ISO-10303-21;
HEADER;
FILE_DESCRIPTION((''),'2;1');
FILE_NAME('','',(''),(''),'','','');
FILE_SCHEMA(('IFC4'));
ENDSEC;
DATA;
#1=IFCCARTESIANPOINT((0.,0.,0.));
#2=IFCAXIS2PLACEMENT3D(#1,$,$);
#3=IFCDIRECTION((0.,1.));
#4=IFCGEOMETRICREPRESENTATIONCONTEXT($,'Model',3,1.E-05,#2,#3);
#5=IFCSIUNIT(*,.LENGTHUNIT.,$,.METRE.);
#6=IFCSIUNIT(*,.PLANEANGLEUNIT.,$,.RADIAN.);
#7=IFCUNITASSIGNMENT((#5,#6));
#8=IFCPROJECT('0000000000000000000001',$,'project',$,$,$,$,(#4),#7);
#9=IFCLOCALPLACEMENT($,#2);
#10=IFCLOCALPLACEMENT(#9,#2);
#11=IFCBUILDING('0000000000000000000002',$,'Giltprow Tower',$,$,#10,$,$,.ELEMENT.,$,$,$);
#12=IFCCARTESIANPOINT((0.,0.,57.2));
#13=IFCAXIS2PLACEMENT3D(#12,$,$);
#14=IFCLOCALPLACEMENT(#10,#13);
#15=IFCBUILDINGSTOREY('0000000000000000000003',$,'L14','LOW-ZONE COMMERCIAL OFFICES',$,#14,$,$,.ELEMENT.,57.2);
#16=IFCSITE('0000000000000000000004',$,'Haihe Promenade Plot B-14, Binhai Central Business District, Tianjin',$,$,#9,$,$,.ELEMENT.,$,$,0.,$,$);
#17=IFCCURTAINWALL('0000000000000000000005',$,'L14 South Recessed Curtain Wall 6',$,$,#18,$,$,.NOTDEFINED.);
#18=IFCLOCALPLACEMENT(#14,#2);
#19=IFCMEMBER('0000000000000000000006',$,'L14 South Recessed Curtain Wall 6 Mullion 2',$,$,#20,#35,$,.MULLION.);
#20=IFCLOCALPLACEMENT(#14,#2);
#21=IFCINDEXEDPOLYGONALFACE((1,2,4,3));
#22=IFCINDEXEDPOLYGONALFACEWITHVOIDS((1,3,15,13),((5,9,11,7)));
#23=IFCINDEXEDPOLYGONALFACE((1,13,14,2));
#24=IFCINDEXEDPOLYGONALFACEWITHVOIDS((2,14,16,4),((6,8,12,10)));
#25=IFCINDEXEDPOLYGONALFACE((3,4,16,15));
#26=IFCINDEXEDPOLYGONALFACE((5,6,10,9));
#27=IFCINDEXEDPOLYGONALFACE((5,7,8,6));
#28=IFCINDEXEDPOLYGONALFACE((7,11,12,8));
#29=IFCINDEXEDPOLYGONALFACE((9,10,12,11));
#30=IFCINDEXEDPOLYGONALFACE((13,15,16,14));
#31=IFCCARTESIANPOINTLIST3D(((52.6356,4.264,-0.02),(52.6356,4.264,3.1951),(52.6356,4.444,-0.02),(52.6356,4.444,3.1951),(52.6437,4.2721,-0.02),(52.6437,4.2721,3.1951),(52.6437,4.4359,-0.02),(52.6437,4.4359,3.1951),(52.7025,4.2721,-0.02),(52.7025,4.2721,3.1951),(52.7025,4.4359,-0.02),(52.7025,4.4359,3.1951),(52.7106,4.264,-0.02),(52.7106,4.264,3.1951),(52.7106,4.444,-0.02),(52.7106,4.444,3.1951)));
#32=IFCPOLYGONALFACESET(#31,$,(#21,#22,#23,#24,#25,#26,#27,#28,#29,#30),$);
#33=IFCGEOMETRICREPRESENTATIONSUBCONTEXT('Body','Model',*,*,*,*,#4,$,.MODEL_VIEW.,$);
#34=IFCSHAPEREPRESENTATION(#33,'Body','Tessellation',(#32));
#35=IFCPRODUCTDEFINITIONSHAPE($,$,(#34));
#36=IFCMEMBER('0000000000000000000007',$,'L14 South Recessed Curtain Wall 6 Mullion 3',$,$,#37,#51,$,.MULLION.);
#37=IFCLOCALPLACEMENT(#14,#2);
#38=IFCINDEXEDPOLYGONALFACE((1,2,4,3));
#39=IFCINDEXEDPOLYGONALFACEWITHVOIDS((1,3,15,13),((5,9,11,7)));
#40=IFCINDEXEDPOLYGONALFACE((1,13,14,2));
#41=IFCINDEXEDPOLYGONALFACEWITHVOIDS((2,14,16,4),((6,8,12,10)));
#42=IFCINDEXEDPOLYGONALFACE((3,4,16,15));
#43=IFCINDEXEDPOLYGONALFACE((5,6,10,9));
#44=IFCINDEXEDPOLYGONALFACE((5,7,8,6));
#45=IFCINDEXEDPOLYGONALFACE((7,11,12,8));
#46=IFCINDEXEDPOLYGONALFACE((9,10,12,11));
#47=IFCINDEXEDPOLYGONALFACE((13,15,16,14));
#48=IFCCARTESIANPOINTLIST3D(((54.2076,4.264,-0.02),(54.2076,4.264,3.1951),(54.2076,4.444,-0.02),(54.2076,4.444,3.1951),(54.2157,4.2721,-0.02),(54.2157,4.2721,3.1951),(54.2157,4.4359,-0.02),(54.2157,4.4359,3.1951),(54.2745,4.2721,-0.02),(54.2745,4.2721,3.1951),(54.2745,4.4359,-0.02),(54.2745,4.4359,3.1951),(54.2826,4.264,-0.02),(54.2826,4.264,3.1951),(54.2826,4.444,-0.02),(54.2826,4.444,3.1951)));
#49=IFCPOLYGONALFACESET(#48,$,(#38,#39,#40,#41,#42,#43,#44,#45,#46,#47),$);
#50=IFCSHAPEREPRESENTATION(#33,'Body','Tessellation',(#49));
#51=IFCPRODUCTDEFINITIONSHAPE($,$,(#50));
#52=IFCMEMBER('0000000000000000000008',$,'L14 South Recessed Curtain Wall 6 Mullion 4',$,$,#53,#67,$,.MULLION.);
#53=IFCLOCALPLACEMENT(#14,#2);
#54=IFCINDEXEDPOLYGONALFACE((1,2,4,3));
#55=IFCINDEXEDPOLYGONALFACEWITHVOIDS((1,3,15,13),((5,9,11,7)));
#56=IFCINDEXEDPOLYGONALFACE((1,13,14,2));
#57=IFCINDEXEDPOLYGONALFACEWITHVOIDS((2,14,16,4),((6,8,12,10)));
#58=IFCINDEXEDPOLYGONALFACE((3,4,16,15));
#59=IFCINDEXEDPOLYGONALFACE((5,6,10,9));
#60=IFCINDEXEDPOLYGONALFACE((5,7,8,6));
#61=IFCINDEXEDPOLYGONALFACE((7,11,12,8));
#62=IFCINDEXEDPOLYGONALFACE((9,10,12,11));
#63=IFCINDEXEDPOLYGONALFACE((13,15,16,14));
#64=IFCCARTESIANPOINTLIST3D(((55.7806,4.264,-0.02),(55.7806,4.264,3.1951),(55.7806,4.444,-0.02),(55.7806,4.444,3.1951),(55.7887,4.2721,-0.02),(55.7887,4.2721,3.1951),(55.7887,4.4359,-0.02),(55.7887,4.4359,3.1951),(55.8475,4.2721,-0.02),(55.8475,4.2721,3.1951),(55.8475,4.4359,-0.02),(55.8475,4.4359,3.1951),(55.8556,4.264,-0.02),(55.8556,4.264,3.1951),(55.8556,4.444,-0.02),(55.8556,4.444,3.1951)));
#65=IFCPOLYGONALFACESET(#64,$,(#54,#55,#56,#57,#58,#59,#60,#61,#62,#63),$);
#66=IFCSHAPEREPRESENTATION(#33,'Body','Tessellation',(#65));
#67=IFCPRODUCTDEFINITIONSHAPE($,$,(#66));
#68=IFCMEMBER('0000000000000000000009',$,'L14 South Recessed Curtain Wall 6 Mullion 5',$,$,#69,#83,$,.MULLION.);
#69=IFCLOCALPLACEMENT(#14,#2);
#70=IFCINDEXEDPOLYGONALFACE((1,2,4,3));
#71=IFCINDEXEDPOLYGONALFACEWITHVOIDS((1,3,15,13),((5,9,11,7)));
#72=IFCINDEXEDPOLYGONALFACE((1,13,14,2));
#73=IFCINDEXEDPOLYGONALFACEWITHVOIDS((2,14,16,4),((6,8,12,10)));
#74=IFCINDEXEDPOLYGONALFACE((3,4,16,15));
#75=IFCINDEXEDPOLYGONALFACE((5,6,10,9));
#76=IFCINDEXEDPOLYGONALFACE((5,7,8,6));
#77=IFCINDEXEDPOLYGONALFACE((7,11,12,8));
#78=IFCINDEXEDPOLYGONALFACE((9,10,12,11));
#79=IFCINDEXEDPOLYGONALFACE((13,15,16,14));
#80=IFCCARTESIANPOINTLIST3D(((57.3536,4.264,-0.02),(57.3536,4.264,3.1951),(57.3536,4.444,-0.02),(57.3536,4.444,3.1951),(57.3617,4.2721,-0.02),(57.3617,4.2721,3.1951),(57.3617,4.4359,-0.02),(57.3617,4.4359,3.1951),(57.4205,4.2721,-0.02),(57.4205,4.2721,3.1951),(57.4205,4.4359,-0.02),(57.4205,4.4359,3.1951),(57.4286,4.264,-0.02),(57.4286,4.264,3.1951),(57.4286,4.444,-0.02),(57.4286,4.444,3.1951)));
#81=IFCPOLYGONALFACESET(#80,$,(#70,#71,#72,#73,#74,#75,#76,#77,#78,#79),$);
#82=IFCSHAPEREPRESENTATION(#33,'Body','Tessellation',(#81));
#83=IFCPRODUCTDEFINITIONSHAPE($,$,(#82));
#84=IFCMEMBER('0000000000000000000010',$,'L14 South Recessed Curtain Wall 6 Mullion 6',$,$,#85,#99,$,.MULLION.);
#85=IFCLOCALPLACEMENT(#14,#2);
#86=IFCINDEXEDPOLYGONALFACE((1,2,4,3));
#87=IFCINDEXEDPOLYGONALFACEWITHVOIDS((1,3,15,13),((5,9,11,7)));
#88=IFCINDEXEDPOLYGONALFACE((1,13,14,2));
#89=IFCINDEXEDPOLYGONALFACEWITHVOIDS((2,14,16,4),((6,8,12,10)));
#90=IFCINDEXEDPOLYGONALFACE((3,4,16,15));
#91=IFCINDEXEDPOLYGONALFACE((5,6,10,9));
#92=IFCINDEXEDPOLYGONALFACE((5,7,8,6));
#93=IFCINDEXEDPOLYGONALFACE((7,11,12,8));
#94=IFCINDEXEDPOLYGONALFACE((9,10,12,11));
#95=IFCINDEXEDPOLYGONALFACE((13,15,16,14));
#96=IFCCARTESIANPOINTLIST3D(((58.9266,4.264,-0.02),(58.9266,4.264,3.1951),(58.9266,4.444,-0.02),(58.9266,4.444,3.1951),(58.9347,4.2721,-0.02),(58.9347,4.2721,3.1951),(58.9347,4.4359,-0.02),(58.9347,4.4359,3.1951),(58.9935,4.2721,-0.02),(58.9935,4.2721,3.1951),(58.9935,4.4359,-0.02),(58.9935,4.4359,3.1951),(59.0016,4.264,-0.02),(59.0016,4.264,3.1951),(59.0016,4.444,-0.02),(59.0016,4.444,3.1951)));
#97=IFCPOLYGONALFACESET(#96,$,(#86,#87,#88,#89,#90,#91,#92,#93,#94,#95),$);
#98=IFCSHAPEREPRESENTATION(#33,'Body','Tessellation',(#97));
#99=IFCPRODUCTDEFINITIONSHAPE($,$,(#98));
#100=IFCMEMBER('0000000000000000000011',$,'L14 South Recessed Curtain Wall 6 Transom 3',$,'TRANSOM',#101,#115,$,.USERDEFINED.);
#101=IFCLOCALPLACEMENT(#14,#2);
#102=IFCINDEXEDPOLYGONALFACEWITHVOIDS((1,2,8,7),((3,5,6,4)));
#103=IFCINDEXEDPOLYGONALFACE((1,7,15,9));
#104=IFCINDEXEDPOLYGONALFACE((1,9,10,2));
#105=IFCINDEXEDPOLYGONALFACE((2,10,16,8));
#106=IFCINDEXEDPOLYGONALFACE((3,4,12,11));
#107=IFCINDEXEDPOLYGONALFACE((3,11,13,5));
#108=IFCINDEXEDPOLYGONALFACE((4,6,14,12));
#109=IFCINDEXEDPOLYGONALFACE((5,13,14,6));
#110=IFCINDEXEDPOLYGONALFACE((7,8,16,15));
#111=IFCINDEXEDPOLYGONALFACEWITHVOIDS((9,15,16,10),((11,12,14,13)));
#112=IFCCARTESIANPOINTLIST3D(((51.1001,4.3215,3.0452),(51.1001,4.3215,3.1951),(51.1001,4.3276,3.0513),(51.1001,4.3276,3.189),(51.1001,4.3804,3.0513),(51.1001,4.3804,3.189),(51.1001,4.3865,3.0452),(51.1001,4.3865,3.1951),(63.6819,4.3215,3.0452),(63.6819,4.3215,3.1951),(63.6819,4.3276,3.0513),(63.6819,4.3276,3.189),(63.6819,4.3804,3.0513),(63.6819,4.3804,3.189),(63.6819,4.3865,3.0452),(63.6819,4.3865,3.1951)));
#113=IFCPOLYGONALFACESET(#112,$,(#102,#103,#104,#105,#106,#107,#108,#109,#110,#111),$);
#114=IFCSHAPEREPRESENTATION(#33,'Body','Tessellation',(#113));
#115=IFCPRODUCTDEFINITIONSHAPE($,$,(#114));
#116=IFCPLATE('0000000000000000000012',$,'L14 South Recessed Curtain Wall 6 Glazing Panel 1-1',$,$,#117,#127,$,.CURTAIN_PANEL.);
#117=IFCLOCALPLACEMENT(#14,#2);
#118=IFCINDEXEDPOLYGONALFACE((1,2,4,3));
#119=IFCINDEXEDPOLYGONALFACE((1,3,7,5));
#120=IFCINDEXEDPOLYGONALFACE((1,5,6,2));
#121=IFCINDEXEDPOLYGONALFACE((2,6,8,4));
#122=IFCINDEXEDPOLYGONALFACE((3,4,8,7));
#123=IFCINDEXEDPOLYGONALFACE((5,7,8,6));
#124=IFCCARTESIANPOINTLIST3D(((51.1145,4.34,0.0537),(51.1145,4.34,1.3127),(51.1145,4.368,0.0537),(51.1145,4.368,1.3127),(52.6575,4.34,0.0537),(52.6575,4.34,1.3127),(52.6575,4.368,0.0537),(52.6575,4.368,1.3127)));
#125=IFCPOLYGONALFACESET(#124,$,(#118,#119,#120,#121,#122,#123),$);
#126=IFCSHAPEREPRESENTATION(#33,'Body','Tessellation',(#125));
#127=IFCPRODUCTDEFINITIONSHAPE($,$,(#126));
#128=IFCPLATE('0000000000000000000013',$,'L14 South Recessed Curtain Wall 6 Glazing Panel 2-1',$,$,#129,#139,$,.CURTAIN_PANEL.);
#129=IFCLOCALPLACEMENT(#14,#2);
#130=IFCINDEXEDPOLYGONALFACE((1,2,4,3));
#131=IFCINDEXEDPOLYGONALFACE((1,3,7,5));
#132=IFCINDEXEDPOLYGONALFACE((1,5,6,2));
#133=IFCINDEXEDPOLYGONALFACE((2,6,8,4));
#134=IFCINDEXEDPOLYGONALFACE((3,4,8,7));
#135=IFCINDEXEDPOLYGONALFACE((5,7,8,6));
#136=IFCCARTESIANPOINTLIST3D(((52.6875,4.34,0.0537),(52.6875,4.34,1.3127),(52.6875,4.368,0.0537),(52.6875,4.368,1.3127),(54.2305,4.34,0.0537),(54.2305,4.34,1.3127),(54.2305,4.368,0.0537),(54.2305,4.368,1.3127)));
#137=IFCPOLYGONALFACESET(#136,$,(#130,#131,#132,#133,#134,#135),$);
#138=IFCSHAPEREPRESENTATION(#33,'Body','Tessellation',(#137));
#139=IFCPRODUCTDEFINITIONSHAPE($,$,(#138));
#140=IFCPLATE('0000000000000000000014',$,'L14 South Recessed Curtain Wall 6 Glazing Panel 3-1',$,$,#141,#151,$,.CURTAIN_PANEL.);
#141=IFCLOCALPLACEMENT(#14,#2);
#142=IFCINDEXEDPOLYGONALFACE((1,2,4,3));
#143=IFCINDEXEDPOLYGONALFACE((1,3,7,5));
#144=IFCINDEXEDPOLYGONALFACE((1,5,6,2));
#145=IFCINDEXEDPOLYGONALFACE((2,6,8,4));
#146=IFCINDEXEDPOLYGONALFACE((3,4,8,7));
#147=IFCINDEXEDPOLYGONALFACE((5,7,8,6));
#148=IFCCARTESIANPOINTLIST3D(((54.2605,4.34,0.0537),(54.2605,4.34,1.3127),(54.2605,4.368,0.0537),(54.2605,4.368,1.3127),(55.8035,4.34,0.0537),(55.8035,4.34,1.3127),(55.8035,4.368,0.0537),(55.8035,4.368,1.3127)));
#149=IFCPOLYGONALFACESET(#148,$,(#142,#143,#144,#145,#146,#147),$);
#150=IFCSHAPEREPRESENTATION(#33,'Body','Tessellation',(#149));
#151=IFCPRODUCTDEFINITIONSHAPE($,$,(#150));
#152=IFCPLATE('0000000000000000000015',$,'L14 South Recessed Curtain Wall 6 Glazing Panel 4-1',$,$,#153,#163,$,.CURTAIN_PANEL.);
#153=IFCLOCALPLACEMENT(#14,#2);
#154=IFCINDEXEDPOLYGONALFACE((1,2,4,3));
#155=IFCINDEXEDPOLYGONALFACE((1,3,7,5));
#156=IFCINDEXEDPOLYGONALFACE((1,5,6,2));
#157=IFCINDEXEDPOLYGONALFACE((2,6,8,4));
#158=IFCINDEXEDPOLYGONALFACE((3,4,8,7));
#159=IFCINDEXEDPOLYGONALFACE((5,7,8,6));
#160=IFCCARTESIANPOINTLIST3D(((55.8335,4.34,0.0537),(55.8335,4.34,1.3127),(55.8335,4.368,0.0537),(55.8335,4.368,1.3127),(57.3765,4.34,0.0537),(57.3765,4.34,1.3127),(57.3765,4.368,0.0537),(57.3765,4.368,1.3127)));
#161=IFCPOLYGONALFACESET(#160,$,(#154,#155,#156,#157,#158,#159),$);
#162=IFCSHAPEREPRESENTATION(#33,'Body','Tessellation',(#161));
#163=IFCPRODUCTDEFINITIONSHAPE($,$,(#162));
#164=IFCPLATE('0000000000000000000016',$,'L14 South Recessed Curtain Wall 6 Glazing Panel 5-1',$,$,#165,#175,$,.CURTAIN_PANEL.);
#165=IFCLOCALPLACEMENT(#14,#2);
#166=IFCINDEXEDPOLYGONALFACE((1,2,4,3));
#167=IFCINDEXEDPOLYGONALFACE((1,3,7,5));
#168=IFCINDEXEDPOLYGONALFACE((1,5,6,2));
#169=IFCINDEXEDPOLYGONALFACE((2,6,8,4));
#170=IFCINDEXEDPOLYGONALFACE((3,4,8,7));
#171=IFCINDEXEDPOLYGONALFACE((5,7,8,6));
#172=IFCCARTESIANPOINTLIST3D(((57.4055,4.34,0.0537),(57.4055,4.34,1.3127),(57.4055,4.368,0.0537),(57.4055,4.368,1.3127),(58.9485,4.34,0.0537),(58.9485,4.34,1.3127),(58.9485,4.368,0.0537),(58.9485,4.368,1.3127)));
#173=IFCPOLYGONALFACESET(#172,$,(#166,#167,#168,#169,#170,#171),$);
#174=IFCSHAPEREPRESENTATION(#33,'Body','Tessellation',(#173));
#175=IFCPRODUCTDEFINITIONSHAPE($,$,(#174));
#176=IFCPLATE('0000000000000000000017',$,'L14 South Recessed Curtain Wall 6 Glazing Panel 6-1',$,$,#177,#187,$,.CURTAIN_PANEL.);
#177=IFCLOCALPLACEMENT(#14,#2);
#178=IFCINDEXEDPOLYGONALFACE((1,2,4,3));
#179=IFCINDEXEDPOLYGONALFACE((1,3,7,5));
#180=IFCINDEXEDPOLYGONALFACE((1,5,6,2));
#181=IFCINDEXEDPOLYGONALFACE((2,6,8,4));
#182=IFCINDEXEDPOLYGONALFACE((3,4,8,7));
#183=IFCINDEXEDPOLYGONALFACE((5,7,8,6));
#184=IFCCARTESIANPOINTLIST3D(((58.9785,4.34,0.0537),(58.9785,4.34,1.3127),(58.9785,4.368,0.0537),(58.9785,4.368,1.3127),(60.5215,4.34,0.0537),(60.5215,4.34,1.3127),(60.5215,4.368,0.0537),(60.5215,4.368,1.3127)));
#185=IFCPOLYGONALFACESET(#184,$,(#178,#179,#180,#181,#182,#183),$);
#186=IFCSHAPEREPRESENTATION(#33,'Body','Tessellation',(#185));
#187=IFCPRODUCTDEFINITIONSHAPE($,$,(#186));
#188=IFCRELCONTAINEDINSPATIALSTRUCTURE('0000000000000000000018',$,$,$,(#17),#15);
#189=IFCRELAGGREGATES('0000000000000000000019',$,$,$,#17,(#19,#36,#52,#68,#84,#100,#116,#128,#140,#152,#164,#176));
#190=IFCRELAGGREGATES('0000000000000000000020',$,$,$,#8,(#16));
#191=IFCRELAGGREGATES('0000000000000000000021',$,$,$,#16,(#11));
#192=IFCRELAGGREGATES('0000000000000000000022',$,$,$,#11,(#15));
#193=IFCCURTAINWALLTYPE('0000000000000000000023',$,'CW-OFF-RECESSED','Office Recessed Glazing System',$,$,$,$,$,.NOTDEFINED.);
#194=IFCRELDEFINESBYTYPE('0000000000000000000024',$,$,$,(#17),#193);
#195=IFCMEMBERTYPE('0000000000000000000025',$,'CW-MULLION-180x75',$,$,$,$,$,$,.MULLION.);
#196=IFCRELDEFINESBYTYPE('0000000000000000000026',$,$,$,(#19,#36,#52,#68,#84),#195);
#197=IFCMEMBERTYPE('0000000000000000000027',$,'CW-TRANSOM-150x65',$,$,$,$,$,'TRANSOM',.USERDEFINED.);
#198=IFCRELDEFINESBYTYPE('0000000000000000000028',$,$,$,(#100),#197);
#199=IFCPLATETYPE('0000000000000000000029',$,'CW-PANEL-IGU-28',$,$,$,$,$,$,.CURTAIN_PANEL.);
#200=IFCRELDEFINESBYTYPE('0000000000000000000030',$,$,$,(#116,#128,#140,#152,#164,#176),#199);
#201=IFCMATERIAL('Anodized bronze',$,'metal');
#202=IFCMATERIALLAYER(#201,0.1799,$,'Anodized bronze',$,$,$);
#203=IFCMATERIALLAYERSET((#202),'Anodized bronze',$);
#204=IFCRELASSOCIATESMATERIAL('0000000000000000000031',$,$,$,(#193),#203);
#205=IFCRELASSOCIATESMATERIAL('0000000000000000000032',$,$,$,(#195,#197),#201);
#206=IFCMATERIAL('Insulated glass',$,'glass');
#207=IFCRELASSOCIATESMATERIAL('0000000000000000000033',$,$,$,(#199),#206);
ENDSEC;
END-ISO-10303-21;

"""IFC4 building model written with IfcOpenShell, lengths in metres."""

from ifc_helpers import new_model, si_unit, direction, frame, origin, origin_2d, place, context, subcontext, project, spatial, rectangle, hollow_rectangle, extrude, source, transform, mapped, material, layer, layer_set, material_profile, profile_set, type_object, element, aggregate, save


model = new_model("IFC4")

# Units and contexts
model_context = context("Model", 3, precision=1e-05, world=origin(), true_north=direction((0.0, 1.0)))
body_context = subcontext(model_context, "Body", "Model", "MODEL_VIEW")
ifc_project = project(units=[si_unit("LENGTHUNIT", "METRE"), si_unit("PLANEANGLEUNIT", "RADIAN")], contexts=[model_context])

# Site, building, storey
site_placement = place(None, origin())
site = spatial("IfcSite", under=ifc_project, at=site_placement, Name="Haihe Promenade Plot B-14, Binhai Central Business District, Tianjin", CompositionType="ELEMENT", RefElevation=0.0)
building_placement = place(site_placement, origin())
building = spatial("IfcBuilding", under=site, at=building_placement, Name="Giltprow Tower", CompositionType="ELEMENT")
storey_placement = place(building_placement, frame((0.0, 0.0, 57.2)))
storey = spatial("IfcBuildingStorey", under=building, at=storey_placement, Name="L14", Description="LOW-ZONE COMMERCIAL OFFICES", CompositionType="ELEMENT", Elevation=57.2)

# Curtain wall, members, plates
ifc_material_1 = material(Name="Anodized bronze", Category="metal")
ifc_layer = layer(ifc_material_1, 0.1799, Name="Anodized bronze")
ifc_layer_set = layer_set([ifc_layer], Name="Anodized bronze")
curtain_wall_type = type_object("IfcCurtainWallType", Name="CW-OFF-RECESSED", Description="Office Recessed Glazing System", PredefinedType="NOTDEFINED", material=ifc_layer_set)
curtain_wall_placement = place(storey_placement, origin())
curtain_wall = element("IfcCurtainWall", 1, at=curtain_wall_placement, inside=storey, type_object=curtain_wall_type, Name="L14 South Recessed Curtain Wall 6", PredefinedType="NOTDEFINED")
ifc_material_profile_1 = material_profile(ifc_material_1, hollow_rectangle(XDim=0.075, YDim=0.1799, WallThickness=0.0081, at=origin_2d()), Name="RHS 180x75x8")
ifc_profile_set_1 = profile_set([ifc_material_profile_1], Name="Anodized bronze")
member_type_1 = type_object("IfcMemberType", Name="CW-MULLION-180x75", PredefinedType="MULLION", material=ifc_profile_set_1)
shared_shape_1 = source(origin(), body_context, "Body", "SweptSolid", [
    extrude(hollow_rectangle(XDim=0.075, YDim=0.1799, WallThickness=0.0081, at=origin_2d()), origin(), (0.0, 0.0, 1.0), 3.2151),
])
member_1_placement = place(storey_placement, frame((52.6731, 4.354, -0.02), z_axis=(0.0, 0.0, 1.0), x_axis=(1.0, 0.0, 0.0)))
member_1 = element("IfcMember", 2, at=member_1_placement, type_object=member_type_1, Name="L14 South Recessed Curtain Wall 6 Mullion 2", PredefinedType="MULLION", context=body_context, shape_type="MappedRepresentation", body=[
    mapped(shared_shape_1, transform((0.0, 0.0, 0.0), x_axis=(1.0, 0.0, 0.0), y_axis=(0.0, 1.0, 0.0), z_axis=(0.0, 0.0, 1.0), scale=1.0)),
])
member_2_placement = place(storey_placement, frame((54.2451, 4.354, -0.02), z_axis=(0.0, 0.0, 1.0), x_axis=(1.0, 0.0, 0.0)))
member_2 = element("IfcMember", 3, at=member_2_placement, type_object=member_type_1, Name="L14 South Recessed Curtain Wall 6 Mullion 3", PredefinedType="MULLION", context=body_context, shape_type="MappedRepresentation", body=[
    mapped(shared_shape_1, transform((0.0, 0.0, 0.0), x_axis=(1.0, 0.0, 0.0), y_axis=(0.0, 1.0, 0.0), z_axis=(0.0, 0.0, 1.0), scale=1.0)),
])
member_3_placement = place(storey_placement, frame((55.8181, 4.354, -0.02), z_axis=(0.0, 0.0, 1.0), x_axis=(1.0, 0.0, 0.0)))
member_3 = element("IfcMember", 4, at=member_3_placement, type_object=member_type_1, Name="L14 South Recessed Curtain Wall 6 Mullion 4", PredefinedType="MULLION", context=body_context, shape_type="MappedRepresentation", body=[
    mapped(shared_shape_1, transform((0.0, 0.0, 0.0), x_axis=(1.0, 0.0, 0.0), y_axis=(0.0, 1.0, 0.0), z_axis=(0.0, 0.0, 1.0), scale=1.0)),
])
member_4_placement = place(storey_placement, frame((57.3911, 4.354, -0.02), z_axis=(0.0, 0.0, 1.0), x_axis=(1.0, 0.0, 0.0)))
member_4 = element("IfcMember", 5, at=member_4_placement, type_object=member_type_1, Name="L14 South Recessed Curtain Wall 6 Mullion 5", PredefinedType="MULLION", context=body_context, shape_type="MappedRepresentation", body=[
    mapped(shared_shape_1, transform((0.0, 0.0, 0.0), x_axis=(1.0, 0.0, 0.0), y_axis=(0.0, 1.0, 0.0), z_axis=(0.0, 0.0, 1.0), scale=1.0)),
])
member_5_placement = place(storey_placement, frame((58.9641, 4.354, -0.02), z_axis=(0.0, 0.0, 1.0), x_axis=(1.0, 0.0, 0.0)))
member_5 = element("IfcMember", 6, at=member_5_placement, type_object=member_type_1, Name="L14 South Recessed Curtain Wall 6 Mullion 6", PredefinedType="MULLION", context=body_context, shape_type="MappedRepresentation", body=[
    mapped(shared_shape_1, transform((0.0, 0.0, 0.0), x_axis=(1.0, 0.0, 0.0), y_axis=(0.0, 1.0, 0.0), z_axis=(0.0, 0.0, 1.0), scale=1.0)),
])
ifc_material_profile_2 = material_profile(ifc_material_1, hollow_rectangle(XDim=0.0649, YDim=0.1499, WallThickness=0.0061, at=origin_2d()), Name="RHS 150x65x6")
ifc_profile_set_2 = profile_set([ifc_material_profile_2], Name="Anodized bronze")
member_type_2 = type_object("IfcMemberType", Name="CW-TRANSOM-150x65", ElementType="TRANSOM", PredefinedType="USERDEFINED", material=ifc_profile_set_2)
shared_shape_2 = source(origin(), body_context, "Body", "SweptSolid", [
    extrude(hollow_rectangle(XDim=0.0649, YDim=0.1499, WallThickness=0.0061, at=origin_2d()), origin(), (0.0, 0.0, 1.0), 12.5818),
])
member_6_placement = place(storey_placement, frame((51.1001, 4.354, 3.1201), z_axis=(1.0, 0.0, 0.0), x_axis=(0.0, 1.0, 0.0)))
member_6 = element("IfcMember", 7, at=member_6_placement, type_object=member_type_2, Name="L14 South Recessed Curtain Wall 6 Transom 3", ObjectType="TRANSOM", PredefinedType="USERDEFINED", context=body_context, shape_type="MappedRepresentation", body=[
    mapped(shared_shape_2, transform((0.0, 0.0, 0.0), x_axis=(1.0, 0.0, 0.0), y_axis=(0.0, 1.0, 0.0), z_axis=(0.0, 0.0, 1.0), scale=1.0)),
])
ifc_material_2 = material(Name="Insulated glass", Category="glass")
plate_type = type_object("IfcPlateType", Name="CW-PANEL-IGU-28", PredefinedType="CURTAIN_PANEL", material=ifc_material_2)
shared_shape_3 = source(origin(), body_context, "Body", "SweptSolid", [
    extrude(rectangle(XDim=1.543, YDim=0.0281, at=origin_2d()), origin(), (0.0, 0.0, 1.0), 1.259),
])
plate_1_placement = place(storey_placement, frame((51.886, 4.354, 0.0537), z_axis=(0.0, 0.0, 1.0), x_axis=(1.0, 0.0, 0.0)))
plate_1 = element("IfcPlate", 8, at=plate_1_placement, type_object=plate_type, Name="L14 South Recessed Curtain Wall 6 Glazing Panel 1-1", PredefinedType="CURTAIN_PANEL", context=body_context, shape_type="MappedRepresentation", body=[
    mapped(shared_shape_3, transform((0.0, 0.0, 0.0), x_axis=(1.0, 0.0, 0.0), y_axis=(0.0, 1.0, 0.0), z_axis=(0.0, 0.0, 1.0), scale=1.0)),
])
plate_2_placement = place(storey_placement, frame((53.459, 4.354, 0.0537), z_axis=(0.0, 0.0, 1.0), x_axis=(1.0, 0.0, 0.0)))
plate_2 = element("IfcPlate", 9, at=plate_2_placement, type_object=plate_type, Name="L14 South Recessed Curtain Wall 6 Glazing Panel 2-1", PredefinedType="CURTAIN_PANEL", context=body_context, shape_type="MappedRepresentation", body=[
    mapped(shared_shape_3, transform((0.0, 0.0, 0.0), x_axis=(1.0, 0.0, 0.0), y_axis=(0.0, 1.0, 0.0), z_axis=(0.0, 0.0, 1.0), scale=1.0)),
])
plate_3_placement = place(storey_placement, frame((55.032, 4.354, 0.0537), z_axis=(0.0, 0.0, 1.0), x_axis=(1.0, 0.0, 0.0)))
plate_3 = element("IfcPlate", 10, at=plate_3_placement, type_object=plate_type, Name="L14 South Recessed Curtain Wall 6 Glazing Panel 3-1", PredefinedType="CURTAIN_PANEL", context=body_context, shape_type="MappedRepresentation", body=[
    mapped(shared_shape_3, transform((0.0, 0.0, 0.0), x_axis=(1.0, 0.0, 0.0), y_axis=(0.0, 1.0, 0.0), z_axis=(0.0, 0.0, 1.0), scale=1.0)),
])
plate_4_placement = place(storey_placement, frame((56.605, 4.354, 0.0537), z_axis=(0.0, 0.0, 1.0), x_axis=(1.0, 0.0, 0.0)))
plate_4 = element("IfcPlate", 11, at=plate_4_placement, type_object=plate_type, Name="L14 South Recessed Curtain Wall 6 Glazing Panel 4-1", PredefinedType="CURTAIN_PANEL", context=body_context, shape_type="MappedRepresentation", body=[
    mapped(shared_shape_3, transform((0.0, 0.0, 0.0), x_axis=(1.0, 0.0, 0.0), y_axis=(0.0, 1.0, 0.0), z_axis=(0.0, 0.0, 1.0), scale=1.0)),
])
plate_5_placement = place(storey_placement, frame((58.177, 4.354, 0.0537), z_axis=(0.0, 0.0, 1.0), x_axis=(1.0, 0.0, 0.0)))
plate_5 = element("IfcPlate", 12, at=plate_5_placement, type_object=plate_type, Name="L14 South Recessed Curtain Wall 6 Glazing Panel 5-1", PredefinedType="CURTAIN_PANEL", context=body_context, shape_type="MappedRepresentation", body=[
    mapped(shared_shape_3, transform((0.0, 0.0, 0.0), x_axis=(1.0, 0.0, 0.0), y_axis=(0.0, 1.0, 0.0), z_axis=(0.0, 0.0, 1.0), scale=1.0)),
])
plate_6_placement = place(storey_placement, frame((59.75, 4.354, 0.0537), z_axis=(0.0, 0.0, 1.0), x_axis=(1.0, 0.0, 0.0)))
plate_6 = element("IfcPlate", 13, at=plate_6_placement, type_object=plate_type, Name="L14 South Recessed Curtain Wall 6 Glazing Panel 6-1", PredefinedType="CURTAIN_PANEL", context=body_context, shape_type="MappedRepresentation", body=[
    mapped(shared_shape_3, transform((0.0, 0.0, 0.0), x_axis=(1.0, 0.0, 0.0), y_axis=(0.0, 1.0, 0.0), z_axis=(0.0, 0.0, 1.0), scale=1.0)),
])
aggregate(curtain_wall, [member_1, member_2, member_3, member_4, member_5, member_6, plate_1, plate_2, plate_3, plate_4, plate_5, plate_6])

save(model, "model.ifc")
